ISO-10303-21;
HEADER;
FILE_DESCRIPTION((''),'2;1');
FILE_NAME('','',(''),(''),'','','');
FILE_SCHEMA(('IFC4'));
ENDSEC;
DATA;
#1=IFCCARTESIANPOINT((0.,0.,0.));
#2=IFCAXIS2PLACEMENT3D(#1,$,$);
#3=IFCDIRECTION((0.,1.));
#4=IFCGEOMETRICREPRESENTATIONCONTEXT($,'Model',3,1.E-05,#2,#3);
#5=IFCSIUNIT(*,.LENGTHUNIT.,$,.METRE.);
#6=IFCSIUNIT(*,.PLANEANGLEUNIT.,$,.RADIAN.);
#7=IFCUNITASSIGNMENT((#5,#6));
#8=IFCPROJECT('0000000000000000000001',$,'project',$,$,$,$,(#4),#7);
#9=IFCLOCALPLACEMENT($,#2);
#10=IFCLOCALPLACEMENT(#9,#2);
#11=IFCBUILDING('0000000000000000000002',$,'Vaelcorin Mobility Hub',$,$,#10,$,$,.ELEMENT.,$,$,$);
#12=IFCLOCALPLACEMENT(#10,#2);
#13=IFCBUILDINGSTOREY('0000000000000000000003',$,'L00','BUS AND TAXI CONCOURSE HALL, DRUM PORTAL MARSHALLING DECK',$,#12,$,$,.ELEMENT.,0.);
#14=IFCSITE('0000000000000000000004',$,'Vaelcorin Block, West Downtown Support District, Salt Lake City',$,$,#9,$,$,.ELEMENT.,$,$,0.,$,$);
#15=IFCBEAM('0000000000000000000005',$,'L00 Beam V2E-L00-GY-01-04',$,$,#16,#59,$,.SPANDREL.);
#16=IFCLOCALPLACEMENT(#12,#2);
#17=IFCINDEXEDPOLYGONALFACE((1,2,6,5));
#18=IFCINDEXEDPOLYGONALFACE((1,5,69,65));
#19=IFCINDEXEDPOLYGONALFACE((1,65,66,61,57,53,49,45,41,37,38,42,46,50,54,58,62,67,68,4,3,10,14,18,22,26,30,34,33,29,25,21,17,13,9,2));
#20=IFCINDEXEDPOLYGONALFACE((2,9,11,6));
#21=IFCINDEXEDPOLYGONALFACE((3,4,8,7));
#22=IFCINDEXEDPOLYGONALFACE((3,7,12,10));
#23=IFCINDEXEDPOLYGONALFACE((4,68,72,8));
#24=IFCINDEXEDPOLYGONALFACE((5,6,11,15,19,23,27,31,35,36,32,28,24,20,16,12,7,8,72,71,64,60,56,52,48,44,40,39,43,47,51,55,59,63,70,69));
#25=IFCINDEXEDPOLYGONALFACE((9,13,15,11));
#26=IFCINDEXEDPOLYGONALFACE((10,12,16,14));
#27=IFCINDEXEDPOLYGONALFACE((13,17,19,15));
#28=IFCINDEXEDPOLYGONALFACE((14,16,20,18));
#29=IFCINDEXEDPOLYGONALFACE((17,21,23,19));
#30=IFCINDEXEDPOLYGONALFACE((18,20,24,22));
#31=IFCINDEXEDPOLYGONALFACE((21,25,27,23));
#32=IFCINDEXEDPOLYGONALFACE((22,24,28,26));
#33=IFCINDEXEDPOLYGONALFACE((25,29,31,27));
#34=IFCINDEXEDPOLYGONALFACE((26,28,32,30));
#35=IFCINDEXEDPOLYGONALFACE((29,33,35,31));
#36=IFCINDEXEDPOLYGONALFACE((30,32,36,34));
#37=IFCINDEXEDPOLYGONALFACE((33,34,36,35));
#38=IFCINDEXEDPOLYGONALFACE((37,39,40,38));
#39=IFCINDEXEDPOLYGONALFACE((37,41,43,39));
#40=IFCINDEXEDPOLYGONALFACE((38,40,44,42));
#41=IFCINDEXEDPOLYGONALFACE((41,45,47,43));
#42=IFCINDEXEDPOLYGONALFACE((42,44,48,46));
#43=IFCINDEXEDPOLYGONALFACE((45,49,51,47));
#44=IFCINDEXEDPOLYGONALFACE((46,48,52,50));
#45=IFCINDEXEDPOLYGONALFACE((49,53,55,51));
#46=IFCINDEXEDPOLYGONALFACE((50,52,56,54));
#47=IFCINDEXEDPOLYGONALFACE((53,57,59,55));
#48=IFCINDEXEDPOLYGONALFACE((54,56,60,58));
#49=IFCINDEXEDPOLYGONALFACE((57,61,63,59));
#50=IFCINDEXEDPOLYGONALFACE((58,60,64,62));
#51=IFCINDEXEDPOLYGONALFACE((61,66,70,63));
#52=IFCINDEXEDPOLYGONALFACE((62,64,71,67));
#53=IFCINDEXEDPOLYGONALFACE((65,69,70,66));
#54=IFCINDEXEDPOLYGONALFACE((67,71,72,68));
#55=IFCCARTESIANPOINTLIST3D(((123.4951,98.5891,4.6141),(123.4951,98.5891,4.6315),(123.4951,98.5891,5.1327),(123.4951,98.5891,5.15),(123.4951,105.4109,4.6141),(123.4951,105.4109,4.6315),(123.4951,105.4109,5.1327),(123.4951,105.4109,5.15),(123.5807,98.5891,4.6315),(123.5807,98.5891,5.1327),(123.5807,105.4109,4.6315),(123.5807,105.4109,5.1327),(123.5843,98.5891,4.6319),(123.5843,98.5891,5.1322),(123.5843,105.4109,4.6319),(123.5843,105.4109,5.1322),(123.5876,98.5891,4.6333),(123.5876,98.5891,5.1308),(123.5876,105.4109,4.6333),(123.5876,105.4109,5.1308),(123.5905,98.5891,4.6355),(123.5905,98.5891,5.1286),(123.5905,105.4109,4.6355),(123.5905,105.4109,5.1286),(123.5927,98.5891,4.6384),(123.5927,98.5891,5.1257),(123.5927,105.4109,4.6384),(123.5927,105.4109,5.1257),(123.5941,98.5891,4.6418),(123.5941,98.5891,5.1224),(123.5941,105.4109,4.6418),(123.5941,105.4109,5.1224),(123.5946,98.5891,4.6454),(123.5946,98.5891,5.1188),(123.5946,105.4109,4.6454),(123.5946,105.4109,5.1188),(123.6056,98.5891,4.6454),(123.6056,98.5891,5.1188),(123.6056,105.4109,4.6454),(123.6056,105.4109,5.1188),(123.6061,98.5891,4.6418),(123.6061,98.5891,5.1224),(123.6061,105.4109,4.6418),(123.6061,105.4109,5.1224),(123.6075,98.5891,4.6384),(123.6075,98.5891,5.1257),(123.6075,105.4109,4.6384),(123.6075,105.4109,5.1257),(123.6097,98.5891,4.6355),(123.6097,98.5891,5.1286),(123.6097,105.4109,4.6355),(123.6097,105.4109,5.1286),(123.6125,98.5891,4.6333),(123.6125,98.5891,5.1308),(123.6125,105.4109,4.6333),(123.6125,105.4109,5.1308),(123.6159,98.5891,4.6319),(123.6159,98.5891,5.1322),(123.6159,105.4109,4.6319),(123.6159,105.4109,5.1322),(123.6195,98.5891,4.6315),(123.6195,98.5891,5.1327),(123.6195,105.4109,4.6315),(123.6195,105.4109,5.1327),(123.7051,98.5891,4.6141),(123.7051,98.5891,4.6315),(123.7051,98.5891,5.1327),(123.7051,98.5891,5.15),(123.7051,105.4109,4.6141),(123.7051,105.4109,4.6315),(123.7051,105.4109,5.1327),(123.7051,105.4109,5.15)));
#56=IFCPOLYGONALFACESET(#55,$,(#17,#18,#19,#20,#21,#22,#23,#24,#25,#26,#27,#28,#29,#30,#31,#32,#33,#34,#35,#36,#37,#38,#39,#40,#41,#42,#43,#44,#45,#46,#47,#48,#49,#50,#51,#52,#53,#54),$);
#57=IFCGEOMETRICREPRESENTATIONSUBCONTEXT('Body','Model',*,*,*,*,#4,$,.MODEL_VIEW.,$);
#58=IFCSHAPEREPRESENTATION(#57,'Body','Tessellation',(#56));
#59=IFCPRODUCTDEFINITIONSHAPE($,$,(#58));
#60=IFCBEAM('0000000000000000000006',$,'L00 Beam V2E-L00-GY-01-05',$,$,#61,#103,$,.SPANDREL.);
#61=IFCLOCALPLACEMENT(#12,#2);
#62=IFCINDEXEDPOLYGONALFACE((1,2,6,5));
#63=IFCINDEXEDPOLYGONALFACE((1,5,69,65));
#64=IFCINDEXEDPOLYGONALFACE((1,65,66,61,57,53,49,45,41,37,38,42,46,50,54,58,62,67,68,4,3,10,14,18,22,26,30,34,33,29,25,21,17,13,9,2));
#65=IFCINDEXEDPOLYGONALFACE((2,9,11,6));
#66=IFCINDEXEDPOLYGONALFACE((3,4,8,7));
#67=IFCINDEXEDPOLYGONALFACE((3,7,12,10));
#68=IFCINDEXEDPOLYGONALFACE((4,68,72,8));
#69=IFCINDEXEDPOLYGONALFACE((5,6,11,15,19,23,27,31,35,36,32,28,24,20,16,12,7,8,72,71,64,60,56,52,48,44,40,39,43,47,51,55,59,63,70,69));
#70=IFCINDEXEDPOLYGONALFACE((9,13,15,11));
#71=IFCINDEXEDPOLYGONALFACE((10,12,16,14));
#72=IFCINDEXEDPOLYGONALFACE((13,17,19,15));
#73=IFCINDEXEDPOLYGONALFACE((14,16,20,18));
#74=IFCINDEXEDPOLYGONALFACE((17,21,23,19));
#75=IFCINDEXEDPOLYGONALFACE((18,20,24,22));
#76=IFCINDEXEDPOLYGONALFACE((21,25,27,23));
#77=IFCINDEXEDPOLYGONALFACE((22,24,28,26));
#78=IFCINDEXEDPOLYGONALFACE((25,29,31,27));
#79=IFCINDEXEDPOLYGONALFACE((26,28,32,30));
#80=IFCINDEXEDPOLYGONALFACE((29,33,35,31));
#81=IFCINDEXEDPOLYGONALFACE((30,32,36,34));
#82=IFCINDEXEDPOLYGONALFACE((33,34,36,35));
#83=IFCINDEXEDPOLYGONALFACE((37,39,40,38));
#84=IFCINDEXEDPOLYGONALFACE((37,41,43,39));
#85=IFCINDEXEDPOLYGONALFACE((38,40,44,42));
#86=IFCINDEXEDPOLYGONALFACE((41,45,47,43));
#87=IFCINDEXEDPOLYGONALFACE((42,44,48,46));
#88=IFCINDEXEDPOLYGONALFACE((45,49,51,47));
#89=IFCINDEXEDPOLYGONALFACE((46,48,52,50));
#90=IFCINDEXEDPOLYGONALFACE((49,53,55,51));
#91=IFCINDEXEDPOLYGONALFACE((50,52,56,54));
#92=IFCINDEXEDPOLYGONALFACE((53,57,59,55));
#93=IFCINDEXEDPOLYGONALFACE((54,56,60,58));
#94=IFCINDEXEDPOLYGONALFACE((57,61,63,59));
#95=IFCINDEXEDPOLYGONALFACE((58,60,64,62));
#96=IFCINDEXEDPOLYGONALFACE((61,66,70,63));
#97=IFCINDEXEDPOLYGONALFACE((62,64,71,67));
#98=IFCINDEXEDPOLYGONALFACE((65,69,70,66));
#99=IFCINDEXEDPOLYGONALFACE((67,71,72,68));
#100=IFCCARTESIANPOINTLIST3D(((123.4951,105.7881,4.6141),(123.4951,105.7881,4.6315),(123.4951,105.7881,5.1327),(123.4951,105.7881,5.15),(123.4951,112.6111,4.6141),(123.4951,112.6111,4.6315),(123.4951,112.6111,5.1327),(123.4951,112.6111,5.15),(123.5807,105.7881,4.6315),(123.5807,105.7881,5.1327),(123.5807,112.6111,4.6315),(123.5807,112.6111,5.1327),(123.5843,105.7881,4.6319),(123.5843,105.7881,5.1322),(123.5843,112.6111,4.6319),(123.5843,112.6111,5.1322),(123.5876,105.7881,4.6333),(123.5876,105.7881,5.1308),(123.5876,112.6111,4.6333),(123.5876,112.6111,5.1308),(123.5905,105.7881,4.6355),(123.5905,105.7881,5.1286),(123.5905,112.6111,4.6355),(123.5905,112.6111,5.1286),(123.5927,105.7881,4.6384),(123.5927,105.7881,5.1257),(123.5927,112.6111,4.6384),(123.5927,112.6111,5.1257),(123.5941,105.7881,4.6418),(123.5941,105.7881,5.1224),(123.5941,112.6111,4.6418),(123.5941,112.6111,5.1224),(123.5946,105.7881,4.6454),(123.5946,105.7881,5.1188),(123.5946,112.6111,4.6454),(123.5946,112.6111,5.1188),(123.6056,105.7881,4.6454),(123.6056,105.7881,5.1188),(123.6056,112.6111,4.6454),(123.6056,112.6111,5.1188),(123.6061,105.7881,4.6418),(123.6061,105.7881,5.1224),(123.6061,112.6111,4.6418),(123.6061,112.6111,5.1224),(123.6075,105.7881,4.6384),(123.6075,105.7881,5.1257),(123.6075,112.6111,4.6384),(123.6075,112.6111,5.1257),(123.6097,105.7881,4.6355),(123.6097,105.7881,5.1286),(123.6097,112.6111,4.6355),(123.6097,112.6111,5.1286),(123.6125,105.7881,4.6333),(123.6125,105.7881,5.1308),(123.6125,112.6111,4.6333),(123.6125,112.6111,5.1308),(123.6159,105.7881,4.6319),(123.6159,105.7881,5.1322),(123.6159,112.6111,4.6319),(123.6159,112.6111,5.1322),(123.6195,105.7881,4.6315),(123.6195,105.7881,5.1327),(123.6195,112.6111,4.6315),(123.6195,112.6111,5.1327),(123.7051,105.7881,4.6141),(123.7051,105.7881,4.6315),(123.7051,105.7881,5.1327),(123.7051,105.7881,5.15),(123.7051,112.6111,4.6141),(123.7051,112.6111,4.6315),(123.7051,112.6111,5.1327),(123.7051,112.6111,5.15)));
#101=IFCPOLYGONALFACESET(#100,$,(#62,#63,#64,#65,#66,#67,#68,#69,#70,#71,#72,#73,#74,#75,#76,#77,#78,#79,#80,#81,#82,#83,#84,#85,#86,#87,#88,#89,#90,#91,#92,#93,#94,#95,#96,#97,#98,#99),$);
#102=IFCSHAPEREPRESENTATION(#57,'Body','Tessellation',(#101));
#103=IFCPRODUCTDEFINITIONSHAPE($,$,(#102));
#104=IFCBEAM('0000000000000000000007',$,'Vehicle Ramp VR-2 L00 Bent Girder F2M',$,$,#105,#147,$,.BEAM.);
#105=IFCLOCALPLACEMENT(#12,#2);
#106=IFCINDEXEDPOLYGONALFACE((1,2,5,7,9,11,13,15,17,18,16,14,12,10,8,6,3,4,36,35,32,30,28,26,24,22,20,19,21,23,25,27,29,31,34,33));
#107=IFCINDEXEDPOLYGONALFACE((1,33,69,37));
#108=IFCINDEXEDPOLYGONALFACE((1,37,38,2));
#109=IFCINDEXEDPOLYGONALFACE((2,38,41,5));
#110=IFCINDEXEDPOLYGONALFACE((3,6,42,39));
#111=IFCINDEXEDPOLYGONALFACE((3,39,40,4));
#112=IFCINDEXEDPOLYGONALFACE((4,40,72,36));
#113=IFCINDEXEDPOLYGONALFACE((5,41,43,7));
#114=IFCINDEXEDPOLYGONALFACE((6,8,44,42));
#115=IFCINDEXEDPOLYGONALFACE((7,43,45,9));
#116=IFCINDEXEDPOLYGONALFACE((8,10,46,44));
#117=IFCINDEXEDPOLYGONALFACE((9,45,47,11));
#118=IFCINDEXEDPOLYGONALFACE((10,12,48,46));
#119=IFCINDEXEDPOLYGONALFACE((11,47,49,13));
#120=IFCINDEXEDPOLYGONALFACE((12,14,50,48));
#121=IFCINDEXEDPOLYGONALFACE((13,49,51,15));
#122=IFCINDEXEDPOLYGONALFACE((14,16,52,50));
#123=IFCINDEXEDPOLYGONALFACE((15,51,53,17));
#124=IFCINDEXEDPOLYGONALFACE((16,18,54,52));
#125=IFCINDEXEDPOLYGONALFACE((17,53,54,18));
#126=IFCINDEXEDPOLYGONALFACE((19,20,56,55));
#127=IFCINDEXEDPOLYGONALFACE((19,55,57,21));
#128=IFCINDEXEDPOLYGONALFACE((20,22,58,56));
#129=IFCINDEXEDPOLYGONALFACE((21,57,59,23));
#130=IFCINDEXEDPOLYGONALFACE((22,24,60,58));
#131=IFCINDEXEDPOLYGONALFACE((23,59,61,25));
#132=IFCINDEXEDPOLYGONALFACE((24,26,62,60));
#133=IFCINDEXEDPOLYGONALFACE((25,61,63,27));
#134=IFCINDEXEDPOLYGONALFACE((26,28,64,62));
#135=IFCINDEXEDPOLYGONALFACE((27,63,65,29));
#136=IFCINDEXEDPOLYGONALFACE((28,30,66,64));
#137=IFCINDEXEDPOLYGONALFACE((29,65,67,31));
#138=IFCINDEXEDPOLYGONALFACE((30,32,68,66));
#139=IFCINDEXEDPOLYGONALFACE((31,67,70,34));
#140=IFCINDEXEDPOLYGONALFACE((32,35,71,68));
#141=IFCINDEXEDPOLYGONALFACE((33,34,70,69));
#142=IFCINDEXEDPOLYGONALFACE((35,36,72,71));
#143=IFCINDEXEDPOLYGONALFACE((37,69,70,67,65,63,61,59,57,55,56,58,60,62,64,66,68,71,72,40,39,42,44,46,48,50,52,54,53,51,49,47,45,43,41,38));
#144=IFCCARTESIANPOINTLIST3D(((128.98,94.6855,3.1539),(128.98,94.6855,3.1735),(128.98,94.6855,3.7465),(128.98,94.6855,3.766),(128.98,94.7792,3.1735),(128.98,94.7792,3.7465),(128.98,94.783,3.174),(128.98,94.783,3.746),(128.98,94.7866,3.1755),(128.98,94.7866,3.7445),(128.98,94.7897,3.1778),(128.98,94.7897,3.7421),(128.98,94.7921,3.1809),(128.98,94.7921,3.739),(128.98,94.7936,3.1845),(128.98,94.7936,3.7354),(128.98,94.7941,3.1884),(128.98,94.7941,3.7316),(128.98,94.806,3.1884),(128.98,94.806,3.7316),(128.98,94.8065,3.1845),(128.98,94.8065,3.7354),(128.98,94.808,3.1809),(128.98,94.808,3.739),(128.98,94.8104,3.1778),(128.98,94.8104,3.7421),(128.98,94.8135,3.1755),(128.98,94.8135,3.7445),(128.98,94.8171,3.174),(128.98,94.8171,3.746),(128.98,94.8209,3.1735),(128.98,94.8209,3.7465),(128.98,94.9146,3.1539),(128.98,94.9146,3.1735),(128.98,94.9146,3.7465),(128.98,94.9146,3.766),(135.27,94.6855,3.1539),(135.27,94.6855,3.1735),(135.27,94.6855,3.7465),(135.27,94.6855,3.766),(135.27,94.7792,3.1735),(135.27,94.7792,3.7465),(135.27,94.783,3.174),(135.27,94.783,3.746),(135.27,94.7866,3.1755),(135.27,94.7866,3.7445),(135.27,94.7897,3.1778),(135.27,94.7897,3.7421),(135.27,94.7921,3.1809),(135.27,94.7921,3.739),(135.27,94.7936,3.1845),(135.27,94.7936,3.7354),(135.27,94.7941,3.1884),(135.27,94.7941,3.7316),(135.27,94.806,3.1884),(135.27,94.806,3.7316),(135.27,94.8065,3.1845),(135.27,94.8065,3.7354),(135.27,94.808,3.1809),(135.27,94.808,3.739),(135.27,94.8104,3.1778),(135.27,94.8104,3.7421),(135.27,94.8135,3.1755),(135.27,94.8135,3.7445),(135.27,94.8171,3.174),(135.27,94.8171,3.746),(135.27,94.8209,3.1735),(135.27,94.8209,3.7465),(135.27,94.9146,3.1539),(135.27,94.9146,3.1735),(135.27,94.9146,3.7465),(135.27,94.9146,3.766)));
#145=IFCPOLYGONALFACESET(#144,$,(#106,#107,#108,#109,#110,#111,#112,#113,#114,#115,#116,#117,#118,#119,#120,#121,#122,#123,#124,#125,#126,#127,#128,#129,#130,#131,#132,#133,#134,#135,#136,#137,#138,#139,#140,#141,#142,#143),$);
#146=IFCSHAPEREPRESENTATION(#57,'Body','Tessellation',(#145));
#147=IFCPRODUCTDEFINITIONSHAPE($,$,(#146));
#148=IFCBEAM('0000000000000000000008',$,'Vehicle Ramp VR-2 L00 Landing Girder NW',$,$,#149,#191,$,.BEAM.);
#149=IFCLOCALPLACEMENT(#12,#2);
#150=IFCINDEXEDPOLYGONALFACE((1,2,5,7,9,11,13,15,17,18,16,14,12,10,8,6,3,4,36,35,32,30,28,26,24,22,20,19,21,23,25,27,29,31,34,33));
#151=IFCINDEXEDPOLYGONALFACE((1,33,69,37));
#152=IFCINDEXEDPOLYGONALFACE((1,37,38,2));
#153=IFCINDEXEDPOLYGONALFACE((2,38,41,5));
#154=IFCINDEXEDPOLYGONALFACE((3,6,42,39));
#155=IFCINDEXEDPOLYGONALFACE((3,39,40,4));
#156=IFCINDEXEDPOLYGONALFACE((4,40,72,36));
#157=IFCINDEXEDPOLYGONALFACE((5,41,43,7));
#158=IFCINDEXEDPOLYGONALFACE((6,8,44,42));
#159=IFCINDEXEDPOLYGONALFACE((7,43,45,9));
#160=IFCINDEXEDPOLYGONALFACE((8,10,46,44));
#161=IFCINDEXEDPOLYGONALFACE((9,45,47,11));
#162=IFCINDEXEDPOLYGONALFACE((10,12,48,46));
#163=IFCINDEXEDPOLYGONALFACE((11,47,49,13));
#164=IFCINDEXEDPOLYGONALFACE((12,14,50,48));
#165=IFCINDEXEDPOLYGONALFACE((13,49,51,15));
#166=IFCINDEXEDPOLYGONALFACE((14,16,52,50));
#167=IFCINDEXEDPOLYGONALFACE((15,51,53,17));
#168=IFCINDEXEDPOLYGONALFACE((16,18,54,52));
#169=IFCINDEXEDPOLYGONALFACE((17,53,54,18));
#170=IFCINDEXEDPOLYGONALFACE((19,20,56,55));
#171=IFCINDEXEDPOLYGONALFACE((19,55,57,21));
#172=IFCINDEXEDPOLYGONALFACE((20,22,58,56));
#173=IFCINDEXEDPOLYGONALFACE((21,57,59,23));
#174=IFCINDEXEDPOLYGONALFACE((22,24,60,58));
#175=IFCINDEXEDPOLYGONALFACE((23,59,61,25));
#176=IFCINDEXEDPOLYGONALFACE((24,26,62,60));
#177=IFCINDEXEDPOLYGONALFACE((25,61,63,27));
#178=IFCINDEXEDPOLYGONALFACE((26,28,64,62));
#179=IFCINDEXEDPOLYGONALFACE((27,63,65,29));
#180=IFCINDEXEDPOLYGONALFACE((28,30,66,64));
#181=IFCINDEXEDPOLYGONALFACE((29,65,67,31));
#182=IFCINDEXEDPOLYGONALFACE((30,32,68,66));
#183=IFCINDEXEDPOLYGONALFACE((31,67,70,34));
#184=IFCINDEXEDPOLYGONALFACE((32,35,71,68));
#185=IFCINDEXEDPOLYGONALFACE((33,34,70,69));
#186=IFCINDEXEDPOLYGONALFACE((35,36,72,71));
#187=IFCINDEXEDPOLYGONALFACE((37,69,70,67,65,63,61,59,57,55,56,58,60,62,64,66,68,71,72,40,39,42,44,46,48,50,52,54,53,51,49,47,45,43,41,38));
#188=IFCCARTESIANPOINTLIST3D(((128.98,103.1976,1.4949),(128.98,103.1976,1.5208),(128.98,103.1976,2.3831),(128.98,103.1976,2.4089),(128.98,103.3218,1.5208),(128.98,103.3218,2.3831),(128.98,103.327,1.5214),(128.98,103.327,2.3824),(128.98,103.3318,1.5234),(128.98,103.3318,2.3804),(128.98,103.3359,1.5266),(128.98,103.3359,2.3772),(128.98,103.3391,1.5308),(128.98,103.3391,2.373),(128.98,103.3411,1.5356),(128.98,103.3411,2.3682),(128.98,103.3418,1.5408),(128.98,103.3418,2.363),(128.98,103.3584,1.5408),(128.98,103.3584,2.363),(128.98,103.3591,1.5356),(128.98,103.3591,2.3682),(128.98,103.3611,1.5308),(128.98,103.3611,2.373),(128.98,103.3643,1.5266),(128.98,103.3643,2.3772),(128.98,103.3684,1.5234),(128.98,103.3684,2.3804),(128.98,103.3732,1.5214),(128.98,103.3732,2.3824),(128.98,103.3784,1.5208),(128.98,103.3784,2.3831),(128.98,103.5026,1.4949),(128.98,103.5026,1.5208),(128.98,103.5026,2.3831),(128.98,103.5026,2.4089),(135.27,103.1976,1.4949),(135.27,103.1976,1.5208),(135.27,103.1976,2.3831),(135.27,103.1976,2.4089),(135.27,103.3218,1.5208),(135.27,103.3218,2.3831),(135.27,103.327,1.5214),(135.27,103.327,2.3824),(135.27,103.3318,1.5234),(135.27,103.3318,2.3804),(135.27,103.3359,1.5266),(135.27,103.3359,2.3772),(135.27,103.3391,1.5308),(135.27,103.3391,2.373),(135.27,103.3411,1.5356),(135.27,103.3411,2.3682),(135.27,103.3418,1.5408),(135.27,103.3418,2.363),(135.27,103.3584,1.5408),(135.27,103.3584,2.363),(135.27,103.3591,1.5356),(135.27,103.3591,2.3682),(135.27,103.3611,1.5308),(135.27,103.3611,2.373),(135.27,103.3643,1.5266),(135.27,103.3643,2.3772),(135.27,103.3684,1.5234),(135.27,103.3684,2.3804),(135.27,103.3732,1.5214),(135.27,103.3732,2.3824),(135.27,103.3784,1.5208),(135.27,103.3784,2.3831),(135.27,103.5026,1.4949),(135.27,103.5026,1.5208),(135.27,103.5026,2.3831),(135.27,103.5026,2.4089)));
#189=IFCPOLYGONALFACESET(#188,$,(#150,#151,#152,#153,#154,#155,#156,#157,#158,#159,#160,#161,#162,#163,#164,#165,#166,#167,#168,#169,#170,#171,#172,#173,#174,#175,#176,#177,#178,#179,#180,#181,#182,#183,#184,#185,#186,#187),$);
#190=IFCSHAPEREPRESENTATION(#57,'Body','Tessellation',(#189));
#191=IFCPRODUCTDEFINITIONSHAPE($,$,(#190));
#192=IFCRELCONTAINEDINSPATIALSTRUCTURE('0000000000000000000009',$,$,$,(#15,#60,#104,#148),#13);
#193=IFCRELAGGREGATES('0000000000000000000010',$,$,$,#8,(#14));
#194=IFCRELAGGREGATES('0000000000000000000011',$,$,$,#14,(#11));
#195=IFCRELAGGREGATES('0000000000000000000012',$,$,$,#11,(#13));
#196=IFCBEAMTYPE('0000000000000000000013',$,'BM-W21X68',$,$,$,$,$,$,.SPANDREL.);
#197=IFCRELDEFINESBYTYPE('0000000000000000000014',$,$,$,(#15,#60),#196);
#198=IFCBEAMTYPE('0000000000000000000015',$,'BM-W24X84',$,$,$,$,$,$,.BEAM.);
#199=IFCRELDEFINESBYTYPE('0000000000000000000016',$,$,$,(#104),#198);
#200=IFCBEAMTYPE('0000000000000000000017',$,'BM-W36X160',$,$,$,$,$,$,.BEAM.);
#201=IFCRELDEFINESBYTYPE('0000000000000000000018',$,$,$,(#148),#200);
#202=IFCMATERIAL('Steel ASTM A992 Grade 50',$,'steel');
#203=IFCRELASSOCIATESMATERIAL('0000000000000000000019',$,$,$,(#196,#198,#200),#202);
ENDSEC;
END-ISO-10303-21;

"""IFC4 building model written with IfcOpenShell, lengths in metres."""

from ifc_helpers import new_model, si_unit, direction, frame, origin, origin_2d, place, context, subcontext, project, spatial, i_section, extrude, material, material_profile, profile_set, type_object, element, save


model = new_model("IFC4")

# Units and contexts
model_context = context("Model", 3, precision=1e-05, world=origin(), true_north=direction((0.0, 1.0)))
body_context = subcontext(model_context, "Body", "Model", "MODEL_VIEW")
ifc_project = project(units=[si_unit("LENGTHUNIT", "METRE"), si_unit("PLANEANGLEUNIT", "RADIAN")], contexts=[model_context])

# Site, building, storey
site_placement = place(None, origin())
site = spatial("IfcSite", under=ifc_project, at=site_placement, Name="Vaelcorin Block, West Downtown Support District, Salt Lake City", CompositionType="ELEMENT", RefElevation=0.0)
building_placement = place(site_placement, origin())
building = spatial("IfcBuilding", under=site, at=building_placement, Name="Vaelcorin Mobility Hub", CompositionType="ELEMENT")
storey_placement = place(building_placement, origin())
storey = spatial("IfcBuildingStorey", under=building, at=storey_placement, Name="L00", Description="BUS AND TAXI CONCOURSE HALL, DRUM PORTAL MARSHALLING DECK", CompositionType="ELEMENT", Elevation=0.0)

# Shared definitions
ifc_material_1 = material(Name="Steel ASTM A992 Grade 50", Category="steel")

# Beams
ifc_material_profile_1 = material_profile(ifc_material_1, i_section(OverallWidth=0.21, OverallDepth=0.5359, WebThickness=0.011, FlangeThickness=0.0173, FilletRadius=0.0139, at=origin_2d()), Name="W21X68")
ifc_profile_set_1 = profile_set([ifc_material_profile_1], Name="Steel ASTM A992 Grade 50")
beam_type_1 = type_object("IfcBeamType", Name="BM-W21X68", PredefinedType="SPANDREL", material=ifc_profile_set_1)
beam_1_placement = place(storey_placement, frame((123.6001, 98.5891, 4.8821), z_axis=(0.0, 1.0, 0.0), x_axis=(-1.0, 0.0, 0.0)))
element("IfcBeam", 1, at=beam_1_placement, inside=storey, type_object=beam_type_1, Name="L00 Beam V2E-L00-GY-01-04", PredefinedType="SPANDREL", context=body_context, shape_type="SweptSolid", body=[
    extrude(i_section(OverallWidth=0.21, OverallDepth=0.5359, WebThickness=0.011, FlangeThickness=0.0173, FilletRadius=0.0139, at=origin_2d()), origin(), (0.0, 0.0, 1.0), 6.8218),
])
beam_2_placement = place(storey_placement, frame((123.6001, 105.7881, 4.8821), z_axis=(0.0, 1.0, 0.0), x_axis=(-1.0, 0.0, 0.0)))
element("IfcBeam", 2, at=beam_2_placement, inside=storey, type_object=beam_type_1, Name="L00 Beam V2E-L00-GY-01-05", PredefinedType="SPANDREL", context=body_context, shape_type="SweptSolid", body=[
    extrude(i_section(OverallWidth=0.21, OverallDepth=0.5359, WebThickness=0.011, FlangeThickness=0.0173, FilletRadius=0.0139, at=origin_2d()), origin(), (0.0, 0.0, 1.0), 6.823),
])
ifc_material_profile_2 = material_profile(ifc_material_1, i_section(OverallWidth=0.229, OverallDepth=0.6121, WebThickness=0.012, FlangeThickness=0.0195, FilletRadius=0.0149, at=origin_2d()), Name="W24X84")
ifc_profile_set_2 = profile_set([ifc_material_profile_2], Name="Steel ASTM A992 Grade 50")
beam_type_2 = type_object("IfcBeamType", Name="BM-W24X84", PredefinedType="BEAM", material=ifc_profile_set_2)
beam_3_placement = place(storey_placement, frame((128.98, 94.8, 3.46), z_axis=(1.0, 0.0, 0.0), x_axis=(0.0, 1.0, 0.0)))
element("IfcBeam", 3, at=beam_3_placement, inside=storey, type_object=beam_type_2, Name="Vehicle Ramp VR-2 L00 Bent Girder F2M", PredefinedType="BEAM", context=body_context, shape_type="SweptSolid", body=[
    extrude(i_section(OverallWidth=0.229, OverallDepth=0.6121, WebThickness=0.012, FlangeThickness=0.0195, FilletRadius=0.0149, at=origin_2d()), origin(), (0.0, 0.0, 1.0), 6.29),
])
ifc_material_profile_3 = material_profile(ifc_material_1, i_section(OverallWidth=0.3049, OverallDepth=0.9141, WebThickness=0.0166, FlangeThickness=0.0259, FilletRadius=0.02, at=origin_2d()), Name="W36X160")
ifc_profile_set_3 = profile_set([ifc_material_profile_3], Name="Steel ASTM A992 Grade 50")
beam_type_3 = type_object("IfcBeamType", Name="BM-W36X160", PredefinedType="BEAM", material=ifc_profile_set_3)
beam_4_placement = place(storey_placement, frame((128.98, 103.3501, 1.9519), z_axis=(1.0, 0.0, 0.0), x_axis=(0.0, 1.0, 0.0)))
element("IfcBeam", 4, at=beam_4_placement, inside=storey, type_object=beam_type_3, Name="Vehicle Ramp VR-2 L00 Landing Girder NW", PredefinedType="BEAM", context=body_context, shape_type="SweptSolid", body=[
    extrude(i_section(OverallWidth=0.3049, OverallDepth=0.9141, WebThickness=0.0166, FlangeThickness=0.0259, FilletRadius=0.02, at=origin_2d()), origin(), (0.0, 0.0, 1.0), 6.29),
])

save(model, "model.ifc")
